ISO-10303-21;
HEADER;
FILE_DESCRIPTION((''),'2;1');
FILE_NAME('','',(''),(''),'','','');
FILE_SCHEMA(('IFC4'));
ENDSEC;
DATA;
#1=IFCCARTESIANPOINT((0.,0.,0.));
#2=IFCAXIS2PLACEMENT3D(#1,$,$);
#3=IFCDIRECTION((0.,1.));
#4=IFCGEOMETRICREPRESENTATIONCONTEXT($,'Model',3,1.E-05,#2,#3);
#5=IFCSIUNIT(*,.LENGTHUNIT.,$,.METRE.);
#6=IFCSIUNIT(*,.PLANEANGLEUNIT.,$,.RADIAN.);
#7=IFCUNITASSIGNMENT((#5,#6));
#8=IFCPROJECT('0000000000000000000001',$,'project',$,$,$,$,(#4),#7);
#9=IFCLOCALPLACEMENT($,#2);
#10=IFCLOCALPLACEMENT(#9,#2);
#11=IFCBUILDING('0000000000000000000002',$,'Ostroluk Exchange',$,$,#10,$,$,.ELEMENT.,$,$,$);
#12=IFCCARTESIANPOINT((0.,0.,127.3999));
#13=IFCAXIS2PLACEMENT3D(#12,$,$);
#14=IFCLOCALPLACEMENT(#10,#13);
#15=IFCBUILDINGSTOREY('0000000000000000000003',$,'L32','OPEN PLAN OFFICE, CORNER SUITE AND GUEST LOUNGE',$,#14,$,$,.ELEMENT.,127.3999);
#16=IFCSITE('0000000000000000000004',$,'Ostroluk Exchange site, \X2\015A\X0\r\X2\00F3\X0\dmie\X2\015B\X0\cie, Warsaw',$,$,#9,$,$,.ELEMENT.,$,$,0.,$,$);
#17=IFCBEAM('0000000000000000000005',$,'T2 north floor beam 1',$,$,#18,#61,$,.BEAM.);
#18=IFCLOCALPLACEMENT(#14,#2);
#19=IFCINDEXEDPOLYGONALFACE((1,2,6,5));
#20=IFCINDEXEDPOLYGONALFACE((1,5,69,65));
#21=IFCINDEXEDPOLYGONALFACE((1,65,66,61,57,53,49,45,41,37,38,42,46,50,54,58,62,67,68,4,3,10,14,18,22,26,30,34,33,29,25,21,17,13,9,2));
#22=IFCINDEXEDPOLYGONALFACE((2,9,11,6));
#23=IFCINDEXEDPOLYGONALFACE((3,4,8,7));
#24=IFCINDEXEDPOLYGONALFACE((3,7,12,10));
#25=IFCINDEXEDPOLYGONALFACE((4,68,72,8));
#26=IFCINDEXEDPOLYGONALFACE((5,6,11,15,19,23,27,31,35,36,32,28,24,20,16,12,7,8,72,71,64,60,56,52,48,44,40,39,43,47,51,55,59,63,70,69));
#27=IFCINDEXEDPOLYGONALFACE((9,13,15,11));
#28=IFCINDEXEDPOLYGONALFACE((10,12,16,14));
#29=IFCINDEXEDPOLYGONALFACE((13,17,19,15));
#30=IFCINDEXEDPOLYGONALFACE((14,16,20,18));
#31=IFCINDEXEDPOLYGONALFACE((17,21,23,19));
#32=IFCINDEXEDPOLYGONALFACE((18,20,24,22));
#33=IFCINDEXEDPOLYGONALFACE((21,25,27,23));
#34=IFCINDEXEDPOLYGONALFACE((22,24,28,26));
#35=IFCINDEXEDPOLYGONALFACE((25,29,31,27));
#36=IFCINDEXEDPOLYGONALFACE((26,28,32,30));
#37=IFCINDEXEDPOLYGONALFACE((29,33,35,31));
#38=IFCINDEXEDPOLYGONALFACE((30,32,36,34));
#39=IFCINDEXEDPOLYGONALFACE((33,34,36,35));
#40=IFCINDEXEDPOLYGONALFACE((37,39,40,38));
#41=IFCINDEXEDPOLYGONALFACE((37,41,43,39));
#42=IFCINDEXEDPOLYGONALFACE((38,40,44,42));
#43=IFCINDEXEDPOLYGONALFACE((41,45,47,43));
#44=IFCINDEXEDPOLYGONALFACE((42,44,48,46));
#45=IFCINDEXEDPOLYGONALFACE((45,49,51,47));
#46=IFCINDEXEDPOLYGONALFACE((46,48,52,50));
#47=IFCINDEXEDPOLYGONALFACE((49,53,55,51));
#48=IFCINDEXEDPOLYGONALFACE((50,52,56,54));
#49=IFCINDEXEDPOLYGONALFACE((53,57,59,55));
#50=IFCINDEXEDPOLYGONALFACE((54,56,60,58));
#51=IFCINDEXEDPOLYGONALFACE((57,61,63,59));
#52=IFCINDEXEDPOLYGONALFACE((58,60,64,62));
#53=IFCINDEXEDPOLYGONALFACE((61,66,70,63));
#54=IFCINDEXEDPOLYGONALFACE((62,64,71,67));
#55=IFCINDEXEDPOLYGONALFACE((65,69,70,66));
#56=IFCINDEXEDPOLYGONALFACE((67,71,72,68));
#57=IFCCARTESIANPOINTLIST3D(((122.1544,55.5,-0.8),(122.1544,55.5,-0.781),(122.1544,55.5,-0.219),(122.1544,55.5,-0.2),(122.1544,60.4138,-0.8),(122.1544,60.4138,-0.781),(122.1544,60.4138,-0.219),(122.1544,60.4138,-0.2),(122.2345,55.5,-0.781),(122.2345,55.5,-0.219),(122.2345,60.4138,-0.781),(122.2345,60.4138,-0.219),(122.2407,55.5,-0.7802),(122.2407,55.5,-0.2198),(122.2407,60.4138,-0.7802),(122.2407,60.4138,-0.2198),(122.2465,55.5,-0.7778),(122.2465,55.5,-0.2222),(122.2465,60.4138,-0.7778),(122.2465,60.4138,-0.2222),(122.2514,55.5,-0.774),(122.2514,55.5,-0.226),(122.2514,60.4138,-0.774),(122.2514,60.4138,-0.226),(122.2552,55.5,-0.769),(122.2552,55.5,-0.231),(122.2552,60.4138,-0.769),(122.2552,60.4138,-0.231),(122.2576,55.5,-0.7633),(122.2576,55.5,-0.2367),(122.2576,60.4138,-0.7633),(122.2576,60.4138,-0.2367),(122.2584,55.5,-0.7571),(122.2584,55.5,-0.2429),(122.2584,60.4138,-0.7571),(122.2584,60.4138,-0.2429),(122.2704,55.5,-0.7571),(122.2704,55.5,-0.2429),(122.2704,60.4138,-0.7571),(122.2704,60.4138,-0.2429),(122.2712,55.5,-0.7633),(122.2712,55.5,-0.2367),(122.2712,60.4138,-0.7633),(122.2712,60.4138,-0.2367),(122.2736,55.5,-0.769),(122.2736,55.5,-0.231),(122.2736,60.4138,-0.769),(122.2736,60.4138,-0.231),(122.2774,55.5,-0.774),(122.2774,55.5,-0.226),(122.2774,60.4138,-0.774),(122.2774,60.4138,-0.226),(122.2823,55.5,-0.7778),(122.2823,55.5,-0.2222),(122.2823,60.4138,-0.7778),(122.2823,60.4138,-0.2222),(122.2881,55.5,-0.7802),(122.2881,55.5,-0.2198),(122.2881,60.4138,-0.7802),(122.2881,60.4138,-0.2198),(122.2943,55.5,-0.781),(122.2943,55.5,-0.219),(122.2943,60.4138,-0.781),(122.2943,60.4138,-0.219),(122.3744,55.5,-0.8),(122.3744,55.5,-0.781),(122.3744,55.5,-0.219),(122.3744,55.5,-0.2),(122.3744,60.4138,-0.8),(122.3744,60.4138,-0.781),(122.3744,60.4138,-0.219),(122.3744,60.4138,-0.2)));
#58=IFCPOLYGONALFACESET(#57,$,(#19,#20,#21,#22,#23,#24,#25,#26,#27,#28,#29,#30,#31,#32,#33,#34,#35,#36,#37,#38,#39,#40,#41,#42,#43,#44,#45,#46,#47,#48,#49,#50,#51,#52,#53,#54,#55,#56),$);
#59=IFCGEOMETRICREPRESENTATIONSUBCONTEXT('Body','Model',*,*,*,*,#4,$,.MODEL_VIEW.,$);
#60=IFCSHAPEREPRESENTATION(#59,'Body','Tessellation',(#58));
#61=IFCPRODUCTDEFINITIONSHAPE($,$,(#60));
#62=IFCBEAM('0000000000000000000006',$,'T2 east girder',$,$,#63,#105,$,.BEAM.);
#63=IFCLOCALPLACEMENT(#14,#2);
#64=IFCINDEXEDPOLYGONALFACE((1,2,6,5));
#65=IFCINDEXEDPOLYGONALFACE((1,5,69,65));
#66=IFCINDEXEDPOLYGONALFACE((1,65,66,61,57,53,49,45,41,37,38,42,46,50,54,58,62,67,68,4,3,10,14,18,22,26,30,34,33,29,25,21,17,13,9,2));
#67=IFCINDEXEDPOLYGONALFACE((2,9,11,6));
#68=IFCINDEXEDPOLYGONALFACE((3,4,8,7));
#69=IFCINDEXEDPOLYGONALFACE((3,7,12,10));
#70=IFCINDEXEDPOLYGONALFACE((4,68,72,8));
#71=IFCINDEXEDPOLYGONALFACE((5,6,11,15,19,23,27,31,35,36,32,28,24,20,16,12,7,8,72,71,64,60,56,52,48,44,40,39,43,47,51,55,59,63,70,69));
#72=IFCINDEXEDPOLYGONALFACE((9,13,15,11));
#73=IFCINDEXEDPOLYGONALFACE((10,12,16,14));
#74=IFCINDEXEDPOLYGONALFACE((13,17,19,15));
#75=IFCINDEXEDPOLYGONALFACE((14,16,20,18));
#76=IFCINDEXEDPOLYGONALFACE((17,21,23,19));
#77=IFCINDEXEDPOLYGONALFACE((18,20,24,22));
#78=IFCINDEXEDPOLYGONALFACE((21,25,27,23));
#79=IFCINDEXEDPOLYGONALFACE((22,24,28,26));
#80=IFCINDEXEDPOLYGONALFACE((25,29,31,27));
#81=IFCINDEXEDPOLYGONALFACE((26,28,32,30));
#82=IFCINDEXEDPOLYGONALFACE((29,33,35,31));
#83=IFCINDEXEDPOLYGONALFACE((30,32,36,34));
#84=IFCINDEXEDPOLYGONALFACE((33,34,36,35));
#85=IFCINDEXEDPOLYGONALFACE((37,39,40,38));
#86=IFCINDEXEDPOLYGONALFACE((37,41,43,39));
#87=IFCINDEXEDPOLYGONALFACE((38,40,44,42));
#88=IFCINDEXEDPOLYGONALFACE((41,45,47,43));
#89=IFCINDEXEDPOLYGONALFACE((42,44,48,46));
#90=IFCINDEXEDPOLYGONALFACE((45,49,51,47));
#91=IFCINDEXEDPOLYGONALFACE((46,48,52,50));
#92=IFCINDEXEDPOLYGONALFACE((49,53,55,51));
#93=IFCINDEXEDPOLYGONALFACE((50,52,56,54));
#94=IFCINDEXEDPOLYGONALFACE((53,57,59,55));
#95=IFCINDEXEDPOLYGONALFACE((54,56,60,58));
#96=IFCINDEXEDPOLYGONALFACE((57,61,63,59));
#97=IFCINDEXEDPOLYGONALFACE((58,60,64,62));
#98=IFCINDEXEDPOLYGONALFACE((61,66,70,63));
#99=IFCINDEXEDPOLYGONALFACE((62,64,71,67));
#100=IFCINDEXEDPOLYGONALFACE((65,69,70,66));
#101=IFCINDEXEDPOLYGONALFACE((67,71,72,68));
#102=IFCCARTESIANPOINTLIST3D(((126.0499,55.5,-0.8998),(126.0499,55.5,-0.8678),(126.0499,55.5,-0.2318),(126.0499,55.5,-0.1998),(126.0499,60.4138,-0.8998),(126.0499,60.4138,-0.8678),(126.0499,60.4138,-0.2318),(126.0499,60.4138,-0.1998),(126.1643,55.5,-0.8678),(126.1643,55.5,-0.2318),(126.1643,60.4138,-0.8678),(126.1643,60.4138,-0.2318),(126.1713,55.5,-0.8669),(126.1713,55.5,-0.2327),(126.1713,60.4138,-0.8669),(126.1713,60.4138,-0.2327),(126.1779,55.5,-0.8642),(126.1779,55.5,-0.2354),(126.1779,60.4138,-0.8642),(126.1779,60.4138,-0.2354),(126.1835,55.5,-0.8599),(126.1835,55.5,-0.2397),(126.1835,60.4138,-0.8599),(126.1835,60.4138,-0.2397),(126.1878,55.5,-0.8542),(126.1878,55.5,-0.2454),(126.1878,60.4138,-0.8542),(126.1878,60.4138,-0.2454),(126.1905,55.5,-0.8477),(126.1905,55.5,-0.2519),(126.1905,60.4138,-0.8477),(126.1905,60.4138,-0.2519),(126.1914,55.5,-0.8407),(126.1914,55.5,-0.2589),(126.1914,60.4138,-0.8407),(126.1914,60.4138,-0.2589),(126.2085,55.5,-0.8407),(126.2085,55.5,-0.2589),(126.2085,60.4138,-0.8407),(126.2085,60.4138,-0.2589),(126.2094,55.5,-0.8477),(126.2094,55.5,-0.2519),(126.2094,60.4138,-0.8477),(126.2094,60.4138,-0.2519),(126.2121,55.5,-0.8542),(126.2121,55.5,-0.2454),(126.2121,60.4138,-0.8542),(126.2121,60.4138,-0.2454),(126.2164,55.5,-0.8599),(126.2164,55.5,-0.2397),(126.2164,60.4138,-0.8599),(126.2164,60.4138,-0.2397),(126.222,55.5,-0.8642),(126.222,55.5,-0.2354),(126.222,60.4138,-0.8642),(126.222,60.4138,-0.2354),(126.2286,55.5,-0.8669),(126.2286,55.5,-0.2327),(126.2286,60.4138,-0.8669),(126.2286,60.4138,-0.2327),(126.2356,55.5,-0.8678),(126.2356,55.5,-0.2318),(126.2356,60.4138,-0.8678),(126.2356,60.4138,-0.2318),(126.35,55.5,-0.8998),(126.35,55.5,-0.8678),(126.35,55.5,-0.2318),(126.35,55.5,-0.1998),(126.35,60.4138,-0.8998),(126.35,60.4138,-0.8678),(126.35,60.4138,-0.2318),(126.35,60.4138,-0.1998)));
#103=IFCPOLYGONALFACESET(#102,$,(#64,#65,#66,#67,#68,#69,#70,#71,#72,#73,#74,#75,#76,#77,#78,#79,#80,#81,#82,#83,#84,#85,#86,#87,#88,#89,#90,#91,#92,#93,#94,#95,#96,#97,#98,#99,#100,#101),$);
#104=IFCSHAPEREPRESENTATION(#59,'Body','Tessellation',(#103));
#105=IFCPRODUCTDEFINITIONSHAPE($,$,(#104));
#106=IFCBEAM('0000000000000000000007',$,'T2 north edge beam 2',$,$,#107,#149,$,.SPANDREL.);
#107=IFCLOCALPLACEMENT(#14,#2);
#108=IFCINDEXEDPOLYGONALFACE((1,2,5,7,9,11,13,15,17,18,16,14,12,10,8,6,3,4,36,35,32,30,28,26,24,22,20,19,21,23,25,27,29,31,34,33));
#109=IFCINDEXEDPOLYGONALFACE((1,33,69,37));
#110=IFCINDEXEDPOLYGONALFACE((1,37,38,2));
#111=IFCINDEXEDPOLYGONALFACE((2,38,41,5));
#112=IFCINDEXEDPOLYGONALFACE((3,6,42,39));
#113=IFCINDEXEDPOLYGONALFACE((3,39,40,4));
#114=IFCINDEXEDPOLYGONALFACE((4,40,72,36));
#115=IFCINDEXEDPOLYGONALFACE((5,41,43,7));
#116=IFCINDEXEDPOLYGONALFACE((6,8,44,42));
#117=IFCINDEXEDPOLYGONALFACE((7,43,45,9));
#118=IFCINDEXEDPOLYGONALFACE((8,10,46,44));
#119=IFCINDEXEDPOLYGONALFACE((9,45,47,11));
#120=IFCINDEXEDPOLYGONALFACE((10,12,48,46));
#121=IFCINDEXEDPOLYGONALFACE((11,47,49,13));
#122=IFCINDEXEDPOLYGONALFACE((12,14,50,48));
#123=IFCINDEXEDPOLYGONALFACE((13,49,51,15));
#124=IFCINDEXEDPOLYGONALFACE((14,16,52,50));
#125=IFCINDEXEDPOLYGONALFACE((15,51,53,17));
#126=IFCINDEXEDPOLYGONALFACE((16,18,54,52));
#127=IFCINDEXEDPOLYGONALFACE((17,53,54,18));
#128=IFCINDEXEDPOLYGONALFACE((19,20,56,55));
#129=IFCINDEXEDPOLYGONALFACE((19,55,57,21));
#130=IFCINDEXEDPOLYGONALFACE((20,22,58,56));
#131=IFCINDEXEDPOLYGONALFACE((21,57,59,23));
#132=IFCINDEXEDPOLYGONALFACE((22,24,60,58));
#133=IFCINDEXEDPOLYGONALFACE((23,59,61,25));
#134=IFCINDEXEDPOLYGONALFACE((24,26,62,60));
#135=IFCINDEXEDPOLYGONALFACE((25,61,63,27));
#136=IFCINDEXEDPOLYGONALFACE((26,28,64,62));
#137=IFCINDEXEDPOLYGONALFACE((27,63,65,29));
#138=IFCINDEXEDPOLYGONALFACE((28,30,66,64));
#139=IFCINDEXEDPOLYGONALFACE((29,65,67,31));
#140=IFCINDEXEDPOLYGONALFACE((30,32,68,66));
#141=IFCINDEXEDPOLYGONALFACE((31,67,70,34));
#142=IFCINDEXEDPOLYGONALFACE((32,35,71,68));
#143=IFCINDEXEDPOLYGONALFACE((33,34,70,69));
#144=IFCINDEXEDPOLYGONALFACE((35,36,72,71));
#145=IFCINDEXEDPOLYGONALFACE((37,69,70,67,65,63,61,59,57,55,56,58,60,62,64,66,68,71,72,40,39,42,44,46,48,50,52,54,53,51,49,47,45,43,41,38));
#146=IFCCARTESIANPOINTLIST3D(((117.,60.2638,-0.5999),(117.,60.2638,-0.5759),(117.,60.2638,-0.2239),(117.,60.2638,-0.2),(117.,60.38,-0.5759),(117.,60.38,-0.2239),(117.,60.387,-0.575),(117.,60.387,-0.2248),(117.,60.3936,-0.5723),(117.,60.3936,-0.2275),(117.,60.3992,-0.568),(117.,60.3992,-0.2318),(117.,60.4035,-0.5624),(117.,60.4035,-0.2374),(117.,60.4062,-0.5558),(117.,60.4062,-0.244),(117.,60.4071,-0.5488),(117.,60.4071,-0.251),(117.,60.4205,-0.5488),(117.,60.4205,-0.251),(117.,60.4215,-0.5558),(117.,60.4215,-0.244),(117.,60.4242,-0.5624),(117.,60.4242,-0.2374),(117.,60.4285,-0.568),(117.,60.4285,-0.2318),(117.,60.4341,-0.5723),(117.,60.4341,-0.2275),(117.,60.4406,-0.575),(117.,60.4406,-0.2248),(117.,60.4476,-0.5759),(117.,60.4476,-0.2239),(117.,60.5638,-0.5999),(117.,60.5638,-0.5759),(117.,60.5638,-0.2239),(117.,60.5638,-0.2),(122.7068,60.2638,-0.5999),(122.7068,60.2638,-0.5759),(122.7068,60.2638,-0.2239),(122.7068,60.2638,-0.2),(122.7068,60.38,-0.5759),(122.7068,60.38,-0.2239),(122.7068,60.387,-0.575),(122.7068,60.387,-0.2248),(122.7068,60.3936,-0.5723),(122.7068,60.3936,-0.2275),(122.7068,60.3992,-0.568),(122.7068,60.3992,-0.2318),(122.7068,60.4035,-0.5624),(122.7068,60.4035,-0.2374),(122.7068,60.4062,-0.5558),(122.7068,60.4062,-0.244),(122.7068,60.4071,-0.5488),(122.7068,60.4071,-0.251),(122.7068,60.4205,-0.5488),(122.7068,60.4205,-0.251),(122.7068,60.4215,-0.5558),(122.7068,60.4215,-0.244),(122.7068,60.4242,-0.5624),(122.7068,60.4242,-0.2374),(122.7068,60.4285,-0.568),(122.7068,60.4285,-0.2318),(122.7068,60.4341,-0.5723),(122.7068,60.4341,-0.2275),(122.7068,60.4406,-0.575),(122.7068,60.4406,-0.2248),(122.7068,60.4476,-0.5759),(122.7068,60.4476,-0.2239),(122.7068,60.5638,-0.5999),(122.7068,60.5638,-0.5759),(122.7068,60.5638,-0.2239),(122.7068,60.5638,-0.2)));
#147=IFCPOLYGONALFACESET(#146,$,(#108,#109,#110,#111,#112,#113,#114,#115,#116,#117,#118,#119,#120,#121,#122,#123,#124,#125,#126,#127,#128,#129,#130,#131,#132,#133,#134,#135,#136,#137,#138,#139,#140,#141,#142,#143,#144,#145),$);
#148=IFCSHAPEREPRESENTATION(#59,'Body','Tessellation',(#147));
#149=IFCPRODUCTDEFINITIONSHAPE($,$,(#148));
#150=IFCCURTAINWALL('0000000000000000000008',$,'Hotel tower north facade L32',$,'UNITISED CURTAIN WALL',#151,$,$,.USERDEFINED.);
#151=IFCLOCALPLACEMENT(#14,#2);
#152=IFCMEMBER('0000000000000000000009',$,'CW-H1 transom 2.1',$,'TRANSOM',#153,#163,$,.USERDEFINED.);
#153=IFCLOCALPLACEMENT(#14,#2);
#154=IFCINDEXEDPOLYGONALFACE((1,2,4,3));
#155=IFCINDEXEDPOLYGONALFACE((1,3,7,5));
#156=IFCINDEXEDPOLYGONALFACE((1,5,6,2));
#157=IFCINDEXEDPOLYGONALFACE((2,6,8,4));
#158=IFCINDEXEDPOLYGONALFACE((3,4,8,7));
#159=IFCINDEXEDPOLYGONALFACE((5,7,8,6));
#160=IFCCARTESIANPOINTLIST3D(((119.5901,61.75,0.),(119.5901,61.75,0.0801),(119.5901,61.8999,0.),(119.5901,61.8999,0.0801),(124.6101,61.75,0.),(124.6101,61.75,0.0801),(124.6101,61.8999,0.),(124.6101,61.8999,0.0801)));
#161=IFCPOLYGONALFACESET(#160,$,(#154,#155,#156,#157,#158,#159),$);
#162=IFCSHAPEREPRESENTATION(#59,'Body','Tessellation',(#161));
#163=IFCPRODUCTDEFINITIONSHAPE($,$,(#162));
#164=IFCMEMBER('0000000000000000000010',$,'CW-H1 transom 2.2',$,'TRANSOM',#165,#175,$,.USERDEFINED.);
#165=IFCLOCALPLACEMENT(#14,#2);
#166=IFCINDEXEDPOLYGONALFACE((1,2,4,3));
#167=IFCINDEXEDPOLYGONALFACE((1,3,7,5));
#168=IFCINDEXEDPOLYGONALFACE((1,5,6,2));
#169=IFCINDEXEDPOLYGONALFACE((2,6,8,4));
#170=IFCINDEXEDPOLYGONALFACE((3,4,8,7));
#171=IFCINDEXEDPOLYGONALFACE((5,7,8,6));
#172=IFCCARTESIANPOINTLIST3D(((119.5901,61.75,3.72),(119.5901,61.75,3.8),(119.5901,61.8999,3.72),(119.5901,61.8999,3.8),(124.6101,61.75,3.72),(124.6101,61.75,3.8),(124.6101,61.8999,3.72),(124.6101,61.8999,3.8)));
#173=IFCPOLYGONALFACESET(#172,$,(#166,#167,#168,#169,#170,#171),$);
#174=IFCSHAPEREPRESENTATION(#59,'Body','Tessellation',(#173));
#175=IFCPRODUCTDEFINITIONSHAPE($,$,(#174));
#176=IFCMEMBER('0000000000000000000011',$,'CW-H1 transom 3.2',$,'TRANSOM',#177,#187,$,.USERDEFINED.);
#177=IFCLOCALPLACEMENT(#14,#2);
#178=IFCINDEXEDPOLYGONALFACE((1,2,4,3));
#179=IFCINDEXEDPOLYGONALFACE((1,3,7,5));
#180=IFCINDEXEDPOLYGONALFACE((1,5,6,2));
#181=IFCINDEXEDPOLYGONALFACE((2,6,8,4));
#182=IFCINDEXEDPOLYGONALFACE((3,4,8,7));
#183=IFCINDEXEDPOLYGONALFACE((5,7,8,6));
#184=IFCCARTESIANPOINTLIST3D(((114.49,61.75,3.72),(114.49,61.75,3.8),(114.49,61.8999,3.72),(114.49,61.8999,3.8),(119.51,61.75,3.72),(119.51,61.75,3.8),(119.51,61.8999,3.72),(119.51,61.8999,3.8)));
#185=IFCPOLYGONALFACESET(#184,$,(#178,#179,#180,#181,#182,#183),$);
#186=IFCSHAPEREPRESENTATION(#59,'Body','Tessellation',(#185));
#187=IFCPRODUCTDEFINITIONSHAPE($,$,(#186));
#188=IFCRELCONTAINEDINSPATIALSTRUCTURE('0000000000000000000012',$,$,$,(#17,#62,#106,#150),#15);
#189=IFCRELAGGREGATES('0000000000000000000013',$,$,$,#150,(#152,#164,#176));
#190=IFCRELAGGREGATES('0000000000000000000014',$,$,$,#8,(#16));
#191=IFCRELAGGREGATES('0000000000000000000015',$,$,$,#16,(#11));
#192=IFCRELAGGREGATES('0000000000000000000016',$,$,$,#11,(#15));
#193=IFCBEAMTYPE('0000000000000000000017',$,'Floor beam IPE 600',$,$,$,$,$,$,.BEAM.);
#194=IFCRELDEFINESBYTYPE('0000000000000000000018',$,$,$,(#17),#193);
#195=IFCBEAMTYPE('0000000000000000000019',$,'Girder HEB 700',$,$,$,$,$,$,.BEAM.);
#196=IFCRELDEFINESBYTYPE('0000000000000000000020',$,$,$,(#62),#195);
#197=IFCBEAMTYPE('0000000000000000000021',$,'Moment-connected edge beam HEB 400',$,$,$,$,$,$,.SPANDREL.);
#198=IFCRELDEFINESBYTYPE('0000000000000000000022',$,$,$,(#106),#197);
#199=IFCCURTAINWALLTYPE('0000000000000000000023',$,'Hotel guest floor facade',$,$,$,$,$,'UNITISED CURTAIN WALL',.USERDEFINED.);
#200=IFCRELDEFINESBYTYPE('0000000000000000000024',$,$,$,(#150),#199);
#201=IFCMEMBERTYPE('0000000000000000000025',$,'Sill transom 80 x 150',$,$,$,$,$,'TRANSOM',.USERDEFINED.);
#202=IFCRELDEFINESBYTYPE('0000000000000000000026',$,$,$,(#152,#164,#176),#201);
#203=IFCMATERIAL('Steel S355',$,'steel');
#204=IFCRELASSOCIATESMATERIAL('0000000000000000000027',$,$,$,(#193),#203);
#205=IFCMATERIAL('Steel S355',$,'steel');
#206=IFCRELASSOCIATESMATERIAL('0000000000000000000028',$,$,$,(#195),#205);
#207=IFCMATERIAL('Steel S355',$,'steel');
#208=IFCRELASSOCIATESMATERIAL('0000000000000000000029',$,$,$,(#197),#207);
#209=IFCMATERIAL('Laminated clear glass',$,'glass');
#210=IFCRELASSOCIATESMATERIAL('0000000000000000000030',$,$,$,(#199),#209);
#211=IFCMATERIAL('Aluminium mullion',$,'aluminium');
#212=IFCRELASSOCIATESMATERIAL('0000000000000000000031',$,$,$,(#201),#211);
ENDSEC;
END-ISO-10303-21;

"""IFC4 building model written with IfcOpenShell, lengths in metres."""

from ifc_helpers import new_model, si_unit, direction, frame, origin, origin_2d, place, context, subcontext, project, spatial, rectangle, i_section, extrude, material, material_profile, profile_set, type_object, element, aggregate, save


model = new_model("IFC4")

# Units and contexts
model_context = context("Model", 3, precision=1e-05, world=origin(), true_north=direction((0.0, 1.0)))
body_context = subcontext(model_context, "Body", "Model", "MODEL_VIEW")
ifc_project = project(units=[si_unit("LENGTHUNIT", "METRE"), si_unit("PLANEANGLEUNIT", "RADIAN")], contexts=[model_context])

# Site, building, storey
site_placement = place(None, origin())
site = spatial("IfcSite", under=ifc_project, at=site_placement, Name="Ostroluk Exchange site, Śródmieście, Warsaw", CompositionType="ELEMENT", RefElevation=0.0)
building_placement = place(site_placement, origin())
building = spatial("IfcBuilding", under=site, at=building_placement, Name="Ostroluk Exchange", CompositionType="ELEMENT")
storey_placement = place(building_placement, frame((0.0, 0.0, 127.3999)))
storey = spatial("IfcBuildingStorey", under=building, at=storey_placement, Name="L32", Description="OPEN PLAN OFFICE, CORNER SUITE AND GUEST LOUNGE", CompositionType="ELEMENT", Elevation=127.3999)

# Beams
ifc_material_1 = material(Name="Steel S355", Category="steel")
ifc_material_profile_1 = material_profile(ifc_material_1, i_section(OverallWidth=0.22, OverallDepth=0.6001, WebThickness=0.012, FlangeThickness=0.019, FilletRadius=0.0239, at=origin_2d()), Name="IPE 600")
ifc_profile_set_1 = profile_set([ifc_material_profile_1], Name="Steel S355")
beam_type_1 = type_object("IfcBeamType", Name="Floor beam IPE 600", PredefinedType="BEAM", material=ifc_profile_set_1)
for number, where, z_axis, x_axis, name in (
    (1, (122.2644, 55.5, -0.5), (0.0, 1.0, 0.0), (-1.0, 0.0, 0.0), "T2 north floor beam 1"),
):
    element("IfcBeam", number, at=place(storey_placement, frame(where, z_axis=z_axis, x_axis=x_axis)), inside=storey, type_object=beam_type_1, Name=name, PredefinedType="BEAM", context=body_context, shape_type="SweptSolid", body=[
        extrude(i_section(OverallWidth=0.22, OverallDepth=0.6001, WebThickness=0.012, FlangeThickness=0.019, FilletRadius=0.0239, at=origin_2d()), origin(), (0.0, 0.0, 1.0), 4.9138),
    ])
ifc_material_2 = material(Name="Steel S355", Category="steel")
ifc_material_profile_2 = material_profile(ifc_material_2, i_section(OverallWidth=0.3, OverallDepth=0.7, WebThickness=0.0171, FlangeThickness=0.032, FilletRadius=0.0271, at=origin_2d()), Name="HEB 700")
ifc_profile_set_2 = profile_set([ifc_material_profile_2], Name="Steel S355")
beam_type_2 = type_object("IfcBeamType", Name="Girder HEB 700", PredefinedType="BEAM", material=ifc_profile_set_2)
beam_1_placement = place(storey_placement, frame((126.2, 55.5, -0.5498), z_axis=(0.0, 1.0, 0.0), x_axis=(-1.0, 0.0, 0.0)))
element("IfcBeam", 2, at=beam_1_placement, inside=storey, type_object=beam_type_2, Name="T2 east girder", PredefinedType="BEAM", context=body_context, shape_type="SweptSolid", body=[
    extrude(i_section(OverallWidth=0.3, OverallDepth=0.7, WebThickness=0.0171, FlangeThickness=0.032, FilletRadius=0.0271, at=origin_2d()), origin(), (0.0, 0.0, 1.0), 4.9138),
])
ifc_material_3 = material(Name="Steel S355", Category="steel")
ifc_material_profile_3 = material_profile(ifc_material_3, i_section(OverallWidth=0.3, OverallDepth=0.3999, WebThickness=0.0134, FlangeThickness=0.0239, FilletRadius=0.0271, at=origin_2d()), Name="HEB 400")
ifc_profile_set_3 = profile_set([ifc_material_profile_3], Name="Steel S355")
beam_type_3 = type_object("IfcBeamType", Name="Moment-connected edge beam HEB 400", PredefinedType="SPANDREL", material=ifc_profile_set_3)
beam_2_placement = place(storey_placement, frame((122.7068, 60.4138, -0.3999), z_axis=(-1.0, 0.0, 0.0), x_axis=(0.0, -1.0, 0.0)))
element("IfcBeam", 3, at=beam_2_placement, inside=storey, type_object=beam_type_3, Name="T2 north edge beam 2", PredefinedType="SPANDREL", context=body_context, shape_type="SweptSolid", body=[
    extrude(i_section(OverallWidth=0.3, OverallDepth=0.3999, WebThickness=0.0134, FlangeThickness=0.0239, FilletRadius=0.0271, at=origin_2d()), origin(), (0.0, 0.0, 1.0), 5.7068),
])

# Curtain wall, members
ifc_material_4 = material(Name="Laminated clear glass", Category="glass")
curtain_wall_type = type_object("IfcCurtainWallType", Name="Hotel guest floor facade", ElementType="UNITISED CURTAIN WALL", PredefinedType="USERDEFINED", material=ifc_material_4)
curtain_wall_placement = place(storey_placement, origin())
curtain_wall = element("IfcCurtainWall", 4, at=curtain_wall_placement, inside=storey, type_object=curtain_wall_type, Name="Hotel tower north facade L32", ObjectType="UNITISED CURTAIN WALL", PredefinedType="USERDEFINED")
ifc_material_5 = material(Name="Aluminium mullion", Category="aluminium")
ifc_material_profile_4 = material_profile(ifc_material_5, rectangle(XDim=0.1499, YDim=0.0801, at=origin_2d()), Name="Sill transom 80 x 150")
ifc_profile_set_4 = profile_set([ifc_material_profile_4], Name="Aluminium mullion")
member_type_1 = type_object("IfcMemberType", Name="Sill transom 80 x 150", ElementType="TRANSOM", PredefinedType="USERDEFINED", material=ifc_profile_set_4)
member_1_placement = place(storey_placement, frame((124.6101, 61.825, 0.04), z_axis=(-1.0, 0.0, 0.0), x_axis=(0.0, -1.0, 0.0)))
member_1 = element("IfcMember", 5, at=member_1_placement, type_object=member_type_1, Name="CW-H1 transom 2.1", ObjectType="TRANSOM", PredefinedType="USERDEFINED", context=body_context, shape_type="SweptSolid", body=[
    extrude(rectangle(XDim=0.1499, YDim=0.0801, at=origin_2d()), origin(), (0.0, 0.0, 1.0), 5.02),
])
member_2_placement = place(storey_placement, frame((124.6101, 61.825, 3.76), z_axis=(-1.0, 0.0, 0.0), x_axis=(0.0, -1.0, 0.0)))
member_2 = element("IfcMember", 6, at=member_2_placement, type_object=member_type_1, Name="CW-H1 transom 2.2", ObjectType="TRANSOM", PredefinedType="USERDEFINED", context=body_context, shape_type="SweptSolid", body=[
    extrude(rectangle(XDim=0.1499, YDim=0.0801, at=origin_2d()), origin(), (0.0, 0.0, 1.0), 5.02),
])
member_3_placement = place(storey_placement, frame((119.51, 61.825, 3.76), z_axis=(-1.0, 0.0, 0.0), x_axis=(0.0, -1.0, 0.0)))
member_3 = element("IfcMember", 7, at=member_3_placement, type_object=member_type_1, Name="CW-H1 transom 3.2", ObjectType="TRANSOM", PredefinedType="USERDEFINED", context=body_context, shape_type="SweptSolid", body=[
    extrude(rectangle(XDim=0.1499, YDim=0.0801, at=origin_2d()), origin(), (0.0, 0.0, 1.0), 5.02),
])
aggregate(curtain_wall, [member_1, member_2, member_3])

save(model, "model.ifc")
